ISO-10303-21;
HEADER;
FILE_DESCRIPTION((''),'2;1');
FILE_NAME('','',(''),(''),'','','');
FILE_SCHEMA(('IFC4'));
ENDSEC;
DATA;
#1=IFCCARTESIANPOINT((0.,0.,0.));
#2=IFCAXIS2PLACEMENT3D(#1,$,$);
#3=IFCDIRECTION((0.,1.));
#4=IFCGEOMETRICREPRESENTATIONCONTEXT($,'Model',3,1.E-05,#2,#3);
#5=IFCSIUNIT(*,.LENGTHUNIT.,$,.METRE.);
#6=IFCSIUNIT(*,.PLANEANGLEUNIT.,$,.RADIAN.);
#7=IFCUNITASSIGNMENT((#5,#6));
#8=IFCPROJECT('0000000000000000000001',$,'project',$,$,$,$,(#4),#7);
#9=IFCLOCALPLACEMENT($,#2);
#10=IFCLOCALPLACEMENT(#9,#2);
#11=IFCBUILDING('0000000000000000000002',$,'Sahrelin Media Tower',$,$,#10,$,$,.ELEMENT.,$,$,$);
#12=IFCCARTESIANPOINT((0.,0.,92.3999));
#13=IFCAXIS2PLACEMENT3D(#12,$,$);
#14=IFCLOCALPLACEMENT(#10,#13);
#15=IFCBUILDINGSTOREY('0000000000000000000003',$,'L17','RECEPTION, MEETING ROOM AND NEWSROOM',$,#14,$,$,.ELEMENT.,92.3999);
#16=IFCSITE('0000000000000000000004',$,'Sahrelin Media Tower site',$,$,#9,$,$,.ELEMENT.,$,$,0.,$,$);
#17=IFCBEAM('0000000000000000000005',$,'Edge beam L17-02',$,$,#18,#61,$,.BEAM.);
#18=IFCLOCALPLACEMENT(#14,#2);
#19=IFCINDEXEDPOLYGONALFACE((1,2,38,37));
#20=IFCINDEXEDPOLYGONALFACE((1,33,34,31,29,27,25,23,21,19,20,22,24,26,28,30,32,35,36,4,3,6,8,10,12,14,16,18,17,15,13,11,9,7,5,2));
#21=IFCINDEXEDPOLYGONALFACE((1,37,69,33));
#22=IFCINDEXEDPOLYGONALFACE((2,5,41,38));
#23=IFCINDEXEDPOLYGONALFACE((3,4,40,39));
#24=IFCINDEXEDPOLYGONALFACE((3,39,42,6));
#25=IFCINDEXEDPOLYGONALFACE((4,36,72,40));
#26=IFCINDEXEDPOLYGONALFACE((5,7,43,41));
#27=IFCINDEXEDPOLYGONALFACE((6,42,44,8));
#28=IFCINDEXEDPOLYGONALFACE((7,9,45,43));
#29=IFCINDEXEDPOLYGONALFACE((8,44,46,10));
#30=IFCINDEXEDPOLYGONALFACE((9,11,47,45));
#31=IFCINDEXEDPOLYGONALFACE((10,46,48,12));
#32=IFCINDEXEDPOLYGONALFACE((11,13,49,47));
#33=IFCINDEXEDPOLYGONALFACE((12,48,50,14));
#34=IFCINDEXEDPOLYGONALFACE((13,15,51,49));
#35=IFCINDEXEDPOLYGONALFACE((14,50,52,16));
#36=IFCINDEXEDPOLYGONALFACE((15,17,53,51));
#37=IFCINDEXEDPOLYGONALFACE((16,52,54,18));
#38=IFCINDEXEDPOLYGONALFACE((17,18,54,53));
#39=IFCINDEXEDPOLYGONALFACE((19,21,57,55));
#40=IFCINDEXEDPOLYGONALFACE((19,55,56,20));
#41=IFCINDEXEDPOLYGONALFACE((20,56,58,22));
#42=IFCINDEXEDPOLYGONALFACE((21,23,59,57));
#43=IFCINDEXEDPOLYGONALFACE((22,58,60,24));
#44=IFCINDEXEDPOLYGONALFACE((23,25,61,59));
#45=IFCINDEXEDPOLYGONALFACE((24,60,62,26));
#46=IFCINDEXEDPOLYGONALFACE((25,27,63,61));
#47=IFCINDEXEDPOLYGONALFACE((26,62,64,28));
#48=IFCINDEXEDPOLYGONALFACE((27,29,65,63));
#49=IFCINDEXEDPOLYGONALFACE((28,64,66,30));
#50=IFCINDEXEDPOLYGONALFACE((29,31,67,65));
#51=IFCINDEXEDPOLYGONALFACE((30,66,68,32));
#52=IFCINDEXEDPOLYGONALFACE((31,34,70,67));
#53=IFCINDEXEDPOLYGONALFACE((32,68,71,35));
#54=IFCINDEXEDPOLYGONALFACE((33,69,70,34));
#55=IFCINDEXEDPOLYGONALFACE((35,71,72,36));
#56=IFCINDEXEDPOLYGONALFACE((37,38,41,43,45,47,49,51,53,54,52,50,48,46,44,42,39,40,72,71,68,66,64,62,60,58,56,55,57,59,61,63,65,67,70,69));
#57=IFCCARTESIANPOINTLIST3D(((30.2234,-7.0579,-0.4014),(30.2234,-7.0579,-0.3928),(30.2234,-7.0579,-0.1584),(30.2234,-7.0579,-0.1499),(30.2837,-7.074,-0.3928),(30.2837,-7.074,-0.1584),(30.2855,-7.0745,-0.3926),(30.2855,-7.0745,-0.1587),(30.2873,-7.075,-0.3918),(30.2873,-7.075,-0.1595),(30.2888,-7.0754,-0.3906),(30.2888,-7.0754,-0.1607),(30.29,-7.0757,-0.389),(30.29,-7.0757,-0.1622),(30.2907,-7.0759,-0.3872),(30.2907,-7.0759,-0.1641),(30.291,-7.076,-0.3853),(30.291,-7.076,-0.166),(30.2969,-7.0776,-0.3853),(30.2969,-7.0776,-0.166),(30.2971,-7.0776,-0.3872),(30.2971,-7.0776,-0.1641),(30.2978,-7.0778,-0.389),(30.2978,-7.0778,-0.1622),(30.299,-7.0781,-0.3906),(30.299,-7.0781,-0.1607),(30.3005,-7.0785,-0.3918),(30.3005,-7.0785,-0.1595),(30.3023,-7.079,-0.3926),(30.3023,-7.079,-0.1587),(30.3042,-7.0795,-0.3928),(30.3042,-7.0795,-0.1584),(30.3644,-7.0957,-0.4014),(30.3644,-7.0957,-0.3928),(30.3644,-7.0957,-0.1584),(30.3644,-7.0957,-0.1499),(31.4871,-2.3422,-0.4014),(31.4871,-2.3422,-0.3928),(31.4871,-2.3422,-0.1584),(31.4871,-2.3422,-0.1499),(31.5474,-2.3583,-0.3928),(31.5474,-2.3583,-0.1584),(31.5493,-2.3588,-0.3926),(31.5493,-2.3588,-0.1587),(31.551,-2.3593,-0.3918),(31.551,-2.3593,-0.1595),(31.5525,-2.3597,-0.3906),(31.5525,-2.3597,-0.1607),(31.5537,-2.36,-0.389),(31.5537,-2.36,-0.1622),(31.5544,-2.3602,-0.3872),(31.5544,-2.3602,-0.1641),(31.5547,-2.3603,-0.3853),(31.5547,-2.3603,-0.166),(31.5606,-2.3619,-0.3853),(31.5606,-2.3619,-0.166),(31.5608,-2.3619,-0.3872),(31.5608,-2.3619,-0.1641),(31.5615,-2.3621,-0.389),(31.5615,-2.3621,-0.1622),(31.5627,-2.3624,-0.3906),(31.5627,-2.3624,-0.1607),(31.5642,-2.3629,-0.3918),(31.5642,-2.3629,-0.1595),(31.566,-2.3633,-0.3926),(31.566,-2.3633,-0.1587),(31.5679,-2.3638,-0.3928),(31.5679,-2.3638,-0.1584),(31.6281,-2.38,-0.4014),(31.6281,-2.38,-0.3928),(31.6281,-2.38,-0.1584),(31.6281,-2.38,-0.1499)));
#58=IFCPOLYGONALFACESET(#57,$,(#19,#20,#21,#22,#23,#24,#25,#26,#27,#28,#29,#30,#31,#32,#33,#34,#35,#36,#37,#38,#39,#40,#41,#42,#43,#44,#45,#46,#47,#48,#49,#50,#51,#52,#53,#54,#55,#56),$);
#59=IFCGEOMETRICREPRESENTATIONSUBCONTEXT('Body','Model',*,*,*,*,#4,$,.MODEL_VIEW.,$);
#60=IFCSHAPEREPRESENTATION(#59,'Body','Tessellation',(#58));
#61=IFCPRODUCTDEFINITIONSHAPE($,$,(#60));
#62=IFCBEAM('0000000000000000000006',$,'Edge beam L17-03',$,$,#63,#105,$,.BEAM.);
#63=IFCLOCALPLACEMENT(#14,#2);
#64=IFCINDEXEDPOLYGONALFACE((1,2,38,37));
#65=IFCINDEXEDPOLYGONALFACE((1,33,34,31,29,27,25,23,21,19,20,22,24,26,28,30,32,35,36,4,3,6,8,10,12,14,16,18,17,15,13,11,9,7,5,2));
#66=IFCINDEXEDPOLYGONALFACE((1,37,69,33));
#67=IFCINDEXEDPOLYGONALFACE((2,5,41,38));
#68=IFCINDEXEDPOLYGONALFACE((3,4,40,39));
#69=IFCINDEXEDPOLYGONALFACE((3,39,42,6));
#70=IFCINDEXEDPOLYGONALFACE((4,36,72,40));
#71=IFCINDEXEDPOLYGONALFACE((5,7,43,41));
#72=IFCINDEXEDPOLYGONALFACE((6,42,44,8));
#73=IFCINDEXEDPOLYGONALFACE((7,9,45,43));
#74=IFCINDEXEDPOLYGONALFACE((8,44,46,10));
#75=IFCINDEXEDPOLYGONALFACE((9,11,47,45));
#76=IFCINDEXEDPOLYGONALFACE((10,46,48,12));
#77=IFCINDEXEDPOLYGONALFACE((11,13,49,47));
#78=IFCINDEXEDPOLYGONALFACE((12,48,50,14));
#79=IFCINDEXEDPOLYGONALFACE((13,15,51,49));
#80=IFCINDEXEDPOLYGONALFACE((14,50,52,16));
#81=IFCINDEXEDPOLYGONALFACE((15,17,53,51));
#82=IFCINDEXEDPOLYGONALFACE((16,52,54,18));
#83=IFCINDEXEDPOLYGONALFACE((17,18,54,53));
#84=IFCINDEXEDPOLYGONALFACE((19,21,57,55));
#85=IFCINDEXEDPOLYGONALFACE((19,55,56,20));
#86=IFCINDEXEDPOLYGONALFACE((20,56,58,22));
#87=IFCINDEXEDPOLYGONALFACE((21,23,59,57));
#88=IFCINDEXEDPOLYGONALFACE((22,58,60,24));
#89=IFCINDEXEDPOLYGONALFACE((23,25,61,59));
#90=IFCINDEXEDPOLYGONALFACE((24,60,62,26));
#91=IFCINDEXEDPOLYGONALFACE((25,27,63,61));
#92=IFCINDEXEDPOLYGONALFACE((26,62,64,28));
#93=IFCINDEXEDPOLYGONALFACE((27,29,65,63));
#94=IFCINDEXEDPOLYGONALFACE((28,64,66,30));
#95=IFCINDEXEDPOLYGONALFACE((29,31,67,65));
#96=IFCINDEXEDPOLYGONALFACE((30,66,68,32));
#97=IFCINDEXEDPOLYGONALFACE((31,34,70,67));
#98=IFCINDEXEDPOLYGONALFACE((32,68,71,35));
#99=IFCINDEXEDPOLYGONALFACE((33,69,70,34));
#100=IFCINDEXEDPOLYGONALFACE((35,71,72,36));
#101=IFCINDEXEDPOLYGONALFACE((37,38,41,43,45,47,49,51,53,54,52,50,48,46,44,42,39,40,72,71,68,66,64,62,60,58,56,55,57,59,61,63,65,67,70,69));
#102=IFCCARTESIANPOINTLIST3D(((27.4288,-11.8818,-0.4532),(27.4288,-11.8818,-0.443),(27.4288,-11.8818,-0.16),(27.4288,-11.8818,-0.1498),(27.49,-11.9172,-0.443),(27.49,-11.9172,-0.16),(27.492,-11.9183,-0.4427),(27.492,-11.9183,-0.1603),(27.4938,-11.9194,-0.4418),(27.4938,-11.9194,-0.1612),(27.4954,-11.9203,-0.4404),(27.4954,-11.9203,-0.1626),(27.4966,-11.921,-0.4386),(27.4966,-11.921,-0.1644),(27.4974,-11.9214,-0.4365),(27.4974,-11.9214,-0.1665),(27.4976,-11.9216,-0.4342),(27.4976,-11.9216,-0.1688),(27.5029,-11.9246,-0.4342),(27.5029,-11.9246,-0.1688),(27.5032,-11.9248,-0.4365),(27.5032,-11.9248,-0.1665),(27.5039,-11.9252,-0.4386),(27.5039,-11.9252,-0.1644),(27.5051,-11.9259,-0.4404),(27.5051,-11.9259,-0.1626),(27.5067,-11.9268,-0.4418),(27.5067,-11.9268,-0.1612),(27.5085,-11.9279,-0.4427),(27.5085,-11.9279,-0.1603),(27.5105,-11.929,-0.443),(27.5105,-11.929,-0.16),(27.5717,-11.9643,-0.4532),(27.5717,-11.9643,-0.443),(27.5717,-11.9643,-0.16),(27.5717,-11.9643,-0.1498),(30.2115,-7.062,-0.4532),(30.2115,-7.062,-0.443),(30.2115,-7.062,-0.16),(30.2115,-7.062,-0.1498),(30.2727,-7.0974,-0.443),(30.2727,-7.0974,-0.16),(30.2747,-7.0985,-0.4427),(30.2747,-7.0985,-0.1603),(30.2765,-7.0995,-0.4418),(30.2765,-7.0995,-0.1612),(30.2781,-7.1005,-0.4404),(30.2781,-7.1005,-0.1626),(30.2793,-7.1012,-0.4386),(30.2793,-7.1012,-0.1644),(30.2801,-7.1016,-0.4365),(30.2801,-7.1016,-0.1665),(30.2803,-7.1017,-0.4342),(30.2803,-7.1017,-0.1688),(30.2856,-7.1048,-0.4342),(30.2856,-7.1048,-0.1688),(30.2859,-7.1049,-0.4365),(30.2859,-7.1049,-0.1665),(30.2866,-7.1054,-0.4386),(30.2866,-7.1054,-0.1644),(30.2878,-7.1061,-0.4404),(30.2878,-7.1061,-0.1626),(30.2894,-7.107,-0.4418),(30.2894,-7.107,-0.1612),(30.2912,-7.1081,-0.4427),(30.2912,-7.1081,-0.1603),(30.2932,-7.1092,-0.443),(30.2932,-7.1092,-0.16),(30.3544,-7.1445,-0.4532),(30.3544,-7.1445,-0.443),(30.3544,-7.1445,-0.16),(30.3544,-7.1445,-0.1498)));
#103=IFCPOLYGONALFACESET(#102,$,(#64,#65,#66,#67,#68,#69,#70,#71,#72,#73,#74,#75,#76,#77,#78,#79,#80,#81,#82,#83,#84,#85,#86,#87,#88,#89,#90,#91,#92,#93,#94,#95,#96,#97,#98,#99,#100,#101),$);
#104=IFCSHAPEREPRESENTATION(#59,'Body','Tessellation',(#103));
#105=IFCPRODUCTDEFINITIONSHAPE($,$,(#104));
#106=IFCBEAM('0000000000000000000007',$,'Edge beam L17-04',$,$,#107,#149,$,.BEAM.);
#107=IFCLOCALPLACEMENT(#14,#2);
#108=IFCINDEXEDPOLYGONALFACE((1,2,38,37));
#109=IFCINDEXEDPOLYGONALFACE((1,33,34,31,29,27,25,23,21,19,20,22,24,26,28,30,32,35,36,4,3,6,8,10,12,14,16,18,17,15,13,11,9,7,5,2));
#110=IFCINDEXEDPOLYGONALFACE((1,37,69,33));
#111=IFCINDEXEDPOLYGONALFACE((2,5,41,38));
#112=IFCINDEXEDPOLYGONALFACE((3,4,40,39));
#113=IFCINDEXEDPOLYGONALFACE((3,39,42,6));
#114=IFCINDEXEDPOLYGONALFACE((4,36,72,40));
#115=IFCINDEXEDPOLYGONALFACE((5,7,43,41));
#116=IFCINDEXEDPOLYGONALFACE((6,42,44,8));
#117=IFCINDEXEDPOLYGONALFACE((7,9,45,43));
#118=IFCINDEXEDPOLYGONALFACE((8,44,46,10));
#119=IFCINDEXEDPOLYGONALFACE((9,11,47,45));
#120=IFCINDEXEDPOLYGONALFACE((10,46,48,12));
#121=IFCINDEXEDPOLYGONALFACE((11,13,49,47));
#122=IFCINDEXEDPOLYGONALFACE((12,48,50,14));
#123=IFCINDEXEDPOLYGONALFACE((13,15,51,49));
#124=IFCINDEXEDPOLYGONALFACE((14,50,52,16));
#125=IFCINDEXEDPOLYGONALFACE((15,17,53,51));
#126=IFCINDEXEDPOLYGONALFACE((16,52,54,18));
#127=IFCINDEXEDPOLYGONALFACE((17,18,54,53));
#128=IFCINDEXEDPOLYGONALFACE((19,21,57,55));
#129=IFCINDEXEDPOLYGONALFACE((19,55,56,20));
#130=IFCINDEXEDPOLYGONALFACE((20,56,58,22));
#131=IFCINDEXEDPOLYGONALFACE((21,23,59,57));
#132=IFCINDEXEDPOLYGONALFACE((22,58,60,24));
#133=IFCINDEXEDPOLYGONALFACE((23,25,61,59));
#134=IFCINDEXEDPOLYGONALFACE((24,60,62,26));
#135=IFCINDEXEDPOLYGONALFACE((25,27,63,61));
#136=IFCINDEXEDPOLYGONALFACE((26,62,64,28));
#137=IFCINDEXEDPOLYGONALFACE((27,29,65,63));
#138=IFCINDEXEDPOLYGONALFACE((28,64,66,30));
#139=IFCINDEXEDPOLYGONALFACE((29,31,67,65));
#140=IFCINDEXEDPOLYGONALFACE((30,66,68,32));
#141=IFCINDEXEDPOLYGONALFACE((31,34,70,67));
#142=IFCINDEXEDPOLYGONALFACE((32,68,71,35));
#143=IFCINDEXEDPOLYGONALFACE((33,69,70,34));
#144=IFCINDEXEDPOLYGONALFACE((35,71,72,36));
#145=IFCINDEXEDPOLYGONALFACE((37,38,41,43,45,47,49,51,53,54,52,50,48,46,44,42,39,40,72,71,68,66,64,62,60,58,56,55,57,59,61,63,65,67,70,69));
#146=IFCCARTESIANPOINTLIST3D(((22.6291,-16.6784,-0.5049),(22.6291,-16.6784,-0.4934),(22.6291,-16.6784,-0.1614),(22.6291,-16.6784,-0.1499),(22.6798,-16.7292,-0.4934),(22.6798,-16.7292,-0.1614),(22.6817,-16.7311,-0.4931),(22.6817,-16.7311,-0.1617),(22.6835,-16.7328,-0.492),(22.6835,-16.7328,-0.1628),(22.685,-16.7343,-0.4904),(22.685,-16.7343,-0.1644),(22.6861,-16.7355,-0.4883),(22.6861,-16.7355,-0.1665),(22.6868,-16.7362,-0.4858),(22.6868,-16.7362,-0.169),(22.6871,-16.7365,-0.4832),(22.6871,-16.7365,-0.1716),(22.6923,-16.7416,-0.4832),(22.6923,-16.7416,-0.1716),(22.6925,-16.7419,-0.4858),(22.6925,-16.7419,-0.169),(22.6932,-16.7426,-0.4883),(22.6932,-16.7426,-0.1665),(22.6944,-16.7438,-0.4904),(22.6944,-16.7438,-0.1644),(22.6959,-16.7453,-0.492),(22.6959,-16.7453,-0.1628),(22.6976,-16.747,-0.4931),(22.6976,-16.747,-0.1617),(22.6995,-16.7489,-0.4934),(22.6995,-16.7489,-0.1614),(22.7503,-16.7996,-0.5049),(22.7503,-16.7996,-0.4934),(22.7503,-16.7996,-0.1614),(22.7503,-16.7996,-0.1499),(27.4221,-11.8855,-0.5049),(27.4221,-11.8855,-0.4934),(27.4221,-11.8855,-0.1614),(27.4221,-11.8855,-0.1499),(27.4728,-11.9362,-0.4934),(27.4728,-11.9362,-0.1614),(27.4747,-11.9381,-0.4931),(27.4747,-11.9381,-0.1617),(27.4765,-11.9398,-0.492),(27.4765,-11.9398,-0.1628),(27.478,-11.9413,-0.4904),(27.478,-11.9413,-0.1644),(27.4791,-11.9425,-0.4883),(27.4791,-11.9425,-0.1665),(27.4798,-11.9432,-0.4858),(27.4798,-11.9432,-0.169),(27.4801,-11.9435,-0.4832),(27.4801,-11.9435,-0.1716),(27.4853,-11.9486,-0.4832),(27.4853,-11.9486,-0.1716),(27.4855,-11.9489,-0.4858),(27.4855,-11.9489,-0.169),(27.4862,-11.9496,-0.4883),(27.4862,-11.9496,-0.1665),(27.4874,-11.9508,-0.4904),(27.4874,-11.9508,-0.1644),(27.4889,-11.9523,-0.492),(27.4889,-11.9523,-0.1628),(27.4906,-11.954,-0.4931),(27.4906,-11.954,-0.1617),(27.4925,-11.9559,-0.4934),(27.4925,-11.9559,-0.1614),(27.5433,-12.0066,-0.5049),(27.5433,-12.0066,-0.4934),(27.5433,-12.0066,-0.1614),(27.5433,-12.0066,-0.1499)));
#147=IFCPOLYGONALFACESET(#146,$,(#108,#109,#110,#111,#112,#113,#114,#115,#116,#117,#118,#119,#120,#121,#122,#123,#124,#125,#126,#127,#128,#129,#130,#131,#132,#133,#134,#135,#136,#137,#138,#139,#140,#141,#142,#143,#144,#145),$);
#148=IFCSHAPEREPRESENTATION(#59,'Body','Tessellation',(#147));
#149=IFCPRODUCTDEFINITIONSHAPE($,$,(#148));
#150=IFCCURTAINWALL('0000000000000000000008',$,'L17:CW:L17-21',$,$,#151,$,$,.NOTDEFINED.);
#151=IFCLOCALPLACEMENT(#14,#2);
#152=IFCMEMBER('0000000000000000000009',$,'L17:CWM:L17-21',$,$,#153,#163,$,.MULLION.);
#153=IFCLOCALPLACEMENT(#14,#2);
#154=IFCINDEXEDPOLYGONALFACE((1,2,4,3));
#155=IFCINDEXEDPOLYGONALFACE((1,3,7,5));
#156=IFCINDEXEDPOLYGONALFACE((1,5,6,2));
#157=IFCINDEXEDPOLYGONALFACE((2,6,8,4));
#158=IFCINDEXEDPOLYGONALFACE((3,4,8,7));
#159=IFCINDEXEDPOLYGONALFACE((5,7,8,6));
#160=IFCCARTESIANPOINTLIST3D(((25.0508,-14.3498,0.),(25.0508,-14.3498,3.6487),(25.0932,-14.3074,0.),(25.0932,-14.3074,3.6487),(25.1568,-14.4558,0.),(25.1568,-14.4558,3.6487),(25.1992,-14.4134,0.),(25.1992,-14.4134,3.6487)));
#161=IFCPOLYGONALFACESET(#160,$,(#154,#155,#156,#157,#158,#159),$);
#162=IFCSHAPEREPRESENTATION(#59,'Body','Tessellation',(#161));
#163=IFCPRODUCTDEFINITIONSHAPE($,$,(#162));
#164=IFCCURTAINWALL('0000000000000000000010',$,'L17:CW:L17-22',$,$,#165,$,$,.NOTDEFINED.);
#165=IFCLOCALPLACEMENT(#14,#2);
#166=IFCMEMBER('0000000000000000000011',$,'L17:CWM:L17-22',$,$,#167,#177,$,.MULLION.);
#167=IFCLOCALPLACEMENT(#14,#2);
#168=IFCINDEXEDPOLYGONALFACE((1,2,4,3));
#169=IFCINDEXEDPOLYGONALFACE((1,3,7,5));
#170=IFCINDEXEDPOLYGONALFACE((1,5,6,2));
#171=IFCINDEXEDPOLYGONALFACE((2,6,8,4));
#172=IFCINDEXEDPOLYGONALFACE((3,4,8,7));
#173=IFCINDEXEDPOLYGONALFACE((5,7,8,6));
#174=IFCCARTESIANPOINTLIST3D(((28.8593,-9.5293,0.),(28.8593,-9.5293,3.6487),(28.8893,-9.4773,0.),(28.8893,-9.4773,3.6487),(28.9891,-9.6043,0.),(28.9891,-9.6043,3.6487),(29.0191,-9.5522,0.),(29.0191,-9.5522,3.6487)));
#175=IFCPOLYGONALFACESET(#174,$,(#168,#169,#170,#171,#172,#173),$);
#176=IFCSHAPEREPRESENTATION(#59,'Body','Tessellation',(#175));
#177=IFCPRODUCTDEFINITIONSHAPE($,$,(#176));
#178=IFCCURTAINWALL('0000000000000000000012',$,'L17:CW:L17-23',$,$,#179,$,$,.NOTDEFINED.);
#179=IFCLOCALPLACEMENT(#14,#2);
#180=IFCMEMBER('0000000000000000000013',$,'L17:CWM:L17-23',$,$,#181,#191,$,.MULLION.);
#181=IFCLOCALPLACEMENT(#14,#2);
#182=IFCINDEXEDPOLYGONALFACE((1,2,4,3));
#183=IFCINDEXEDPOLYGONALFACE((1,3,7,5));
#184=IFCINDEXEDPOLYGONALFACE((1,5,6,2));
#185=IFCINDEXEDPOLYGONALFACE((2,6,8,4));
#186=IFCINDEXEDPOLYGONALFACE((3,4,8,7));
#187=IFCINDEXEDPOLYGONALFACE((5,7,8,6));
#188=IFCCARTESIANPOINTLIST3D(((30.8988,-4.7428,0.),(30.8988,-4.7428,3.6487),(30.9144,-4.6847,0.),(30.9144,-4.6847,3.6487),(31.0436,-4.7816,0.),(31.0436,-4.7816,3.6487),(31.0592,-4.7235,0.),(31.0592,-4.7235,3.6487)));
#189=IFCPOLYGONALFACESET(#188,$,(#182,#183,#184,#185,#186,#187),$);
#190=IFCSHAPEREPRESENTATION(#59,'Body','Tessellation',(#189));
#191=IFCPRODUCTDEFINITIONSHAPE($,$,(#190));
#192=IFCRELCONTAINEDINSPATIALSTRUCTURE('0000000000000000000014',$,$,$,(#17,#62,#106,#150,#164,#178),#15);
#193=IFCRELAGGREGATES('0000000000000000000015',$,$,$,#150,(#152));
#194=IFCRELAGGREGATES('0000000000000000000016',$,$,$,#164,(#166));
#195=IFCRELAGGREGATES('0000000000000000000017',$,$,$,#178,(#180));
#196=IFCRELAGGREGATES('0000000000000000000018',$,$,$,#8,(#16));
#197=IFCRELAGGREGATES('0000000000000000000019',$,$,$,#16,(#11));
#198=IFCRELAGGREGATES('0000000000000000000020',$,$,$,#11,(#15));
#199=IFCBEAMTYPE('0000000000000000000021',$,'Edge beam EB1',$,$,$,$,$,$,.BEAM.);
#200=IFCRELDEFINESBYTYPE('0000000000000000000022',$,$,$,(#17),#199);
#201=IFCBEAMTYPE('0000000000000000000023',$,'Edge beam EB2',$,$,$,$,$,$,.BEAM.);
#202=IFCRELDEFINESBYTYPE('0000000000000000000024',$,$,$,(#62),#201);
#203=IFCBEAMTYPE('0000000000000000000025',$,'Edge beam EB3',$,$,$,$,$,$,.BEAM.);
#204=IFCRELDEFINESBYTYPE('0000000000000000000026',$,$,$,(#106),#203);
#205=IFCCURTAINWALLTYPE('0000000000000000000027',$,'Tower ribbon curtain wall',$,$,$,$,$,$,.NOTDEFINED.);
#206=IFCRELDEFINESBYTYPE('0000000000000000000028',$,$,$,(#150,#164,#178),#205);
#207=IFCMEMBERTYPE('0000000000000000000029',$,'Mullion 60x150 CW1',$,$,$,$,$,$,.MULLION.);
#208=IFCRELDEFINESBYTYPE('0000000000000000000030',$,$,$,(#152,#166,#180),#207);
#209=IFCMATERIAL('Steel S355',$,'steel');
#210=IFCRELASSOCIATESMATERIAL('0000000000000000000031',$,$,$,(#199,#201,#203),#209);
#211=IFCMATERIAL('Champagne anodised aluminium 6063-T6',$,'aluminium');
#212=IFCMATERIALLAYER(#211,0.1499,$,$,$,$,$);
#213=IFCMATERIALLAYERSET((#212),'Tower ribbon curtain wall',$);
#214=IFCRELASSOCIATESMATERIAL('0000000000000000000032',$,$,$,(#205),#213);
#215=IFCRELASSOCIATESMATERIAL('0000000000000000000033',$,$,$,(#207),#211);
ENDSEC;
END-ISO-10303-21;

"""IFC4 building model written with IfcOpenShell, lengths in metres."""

from ifc_helpers import new_model, si_unit, direction, frame, origin, origin_2d, place, context, subcontext, project, spatial, rectangle, i_section, extrude, material, layer, layer_set, material_profile, profile_set, type_object, element, aggregate, save


model = new_model("IFC4")

# Units and contexts
model_context = context("Model", 3, precision=1e-05, world=origin(), true_north=direction((0.0, 1.0)))
body_context = subcontext(model_context, "Body", "Model", "MODEL_VIEW")
ifc_project = project(units=[si_unit("LENGTHUNIT", "METRE"), si_unit("PLANEANGLEUNIT", "RADIAN")], contexts=[model_context])

# Site, building, storey
site_placement = place(None, origin())
site = spatial("IfcSite", under=ifc_project, at=site_placement, Name="Sahrelin Media Tower site", CompositionType="ELEMENT", RefElevation=0.0)
building_placement = place(site_placement, origin())
building = spatial("IfcBuilding", under=site, at=building_placement, Name="Sahrelin Media Tower", CompositionType="ELEMENT")
storey_placement = place(building_placement, frame((0.0, 0.0, 92.3999)))
storey = spatial("IfcBuildingStorey", under=building, at=storey_placement, Name="L17", Description="RECEPTION, MEETING ROOM AND NEWSROOM", CompositionType="ELEMENT", Elevation=92.3999)

# Beams
ifc_material_1 = material(Name="Steel S355", Category="steel")
ifc_material_profile_1 = material_profile(ifc_material_1, i_section(OverallWidth=0.146, OverallDepth=0.2515, WebThickness=0.0061, FlangeThickness=0.0085, FilletRadius=0.0076, at=origin_2d()), Name="UB 254x146x31")
ifc_profile_set_1 = profile_set([ifc_material_profile_1], Name="Steel S355")
beam_type_1 = type_object("IfcBeamType", Name="Edge beam EB1", PredefinedType="BEAM", material=ifc_profile_set_1)
beam_1_placement = place(storey_placement, frame((31.5576, -2.3611, -0.2756), z_axis=(-0.258845, -0.965919, 0.0), x_axis=(0.965919, -0.258845, 0.0)))
element("IfcBeam", 1, at=beam_1_placement, inside=storey, type_object=beam_type_1, Name="Edge beam L17-02", PredefinedType="BEAM", context=body_context, shape_type="SweptSolid", body=[
    extrude(i_section(OverallWidth=0.146, OverallDepth=0.2515, WebThickness=0.0061, FlangeThickness=0.0085, FilletRadius=0.0076, at=origin_2d()), origin(), (0.0, 0.0, 1.0), 4.8821),
])
ifc_material_profile_2 = material_profile(ifc_material_1, i_section(OverallWidth=0.165, OverallDepth=0.3035, WebThickness=0.0061, FlangeThickness=0.0103, FilletRadius=0.0088, at=origin_2d()), Name="UB 305x165x40")
ifc_profile_set_2 = profile_set([ifc_material_profile_2], Name="Steel S355")
beam_type_2 = type_object("IfcBeamType", Name="Edge beam EB2", PredefinedType="BEAM", material=ifc_profile_set_2)
beam_2_placement = place(storey_placement, frame((30.283, -7.1033, -0.3015), z_axis=(-0.499998, -0.866026, 0.0), x_axis=(0.866026, -0.499998, 0.0)))
element("IfcBeam", 2, at=beam_2_placement, inside=storey, type_object=beam_type_2, Name="Edge beam L17-03", PredefinedType="BEAM", context=body_context, shape_type="SweptSolid", body=[
    extrude(i_section(OverallWidth=0.165, OverallDepth=0.3035, WebThickness=0.0061, FlangeThickness=0.0103, FilletRadius=0.0088, at=origin_2d()), origin(), (0.0, 0.0, 1.0), 5.5654),
])
ifc_material_profile_3 = material_profile(ifc_material_1, i_section(OverallWidth=0.1714, OverallDepth=0.355, WebThickness=0.0073, FlangeThickness=0.0115, FilletRadius=0.0103, at=origin_2d()), Name="UB 356x171x51")
ifc_profile_set_3 = profile_set([ifc_material_profile_3], Name="Steel S355")
beam_type_3 = type_object("IfcBeamType", Name="Edge beam EB3", PredefinedType="BEAM", material=ifc_profile_set_3)
beam_3_placement = place(storey_placement, frame((27.4827, -11.946, -0.3274), z_axis=(-0.707107, -0.707107, 0.0), x_axis=(0.707107, -0.707107, 0.0)))
element("IfcBeam", 3, at=beam_3_placement, inside=storey, type_object=beam_type_3, Name="Edge beam L17-04", PredefinedType="BEAM", context=body_context, shape_type="SweptSolid", body=[
    extrude(i_section(OverallWidth=0.1714, OverallDepth=0.355, WebThickness=0.0073, FlangeThickness=0.0115, FilletRadius=0.0103, at=origin_2d()), origin(), (0.0, 0.0, 1.0), 6.7783),
])

# Curtain walls, members
ifc_material_2 = material(Name="Champagne anodised aluminium 6063-T6", Category="aluminium")
ifc_layer_1 = layer(ifc_material_2, 0.1499)
ifc_layer_set_1 = layer_set([ifc_layer_1], Name="Tower ribbon curtain wall")
curtain_wall_type = type_object("IfcCurtainWallType", Name="Tower ribbon curtain wall", PredefinedType="NOTDEFINED", material=ifc_layer_set_1)
curtain_wall_1_placement = place(storey_placement, frame((25.1921, -14.4485, 0.0), z_axis=(0.0, 0.0, 1.0), x_axis=(1.0, 0.0, 0.0)))
curtain_wall_1 = element("IfcCurtainWall", 4, at=curtain_wall_1_placement, inside=storey, type_object=curtain_wall_type, Name="L17:CW:L17-21", PredefinedType="NOTDEFINED")
ifc_material_profile_4 = material_profile(ifc_material_2, rectangle(XDim=0.0601, YDim=0.1499, at=origin_2d()), Name="Mullion 60x150")
ifc_profile_set_4 = profile_set([ifc_material_profile_4], Name="Champagne anodised aluminium 6063-T6")
member_type_1 = type_object("IfcMemberType", Name="Mullion 60x150 CW1", PredefinedType="MULLION", material=ifc_profile_set_4)
member_1_placement = place(storey_placement, frame((25.125, -14.3816, 0.0), z_axis=(0.0, 0.0, 1.0), x_axis=(0.707114, 0.707099, 0.0)))
member_1 = element("IfcMember", 5, at=member_1_placement, type_object=member_type_1, Name="L17:CWM:L17-21", PredefinedType="MULLION", context=body_context, shape_type="SweptSolid", body=[
    extrude(rectangle(XDim=0.0601, YDim=0.1499, at=origin_2d()), origin(), (0.0, 0.0, 1.0), 3.6487),
])
aggregate(curtain_wall_1, [member_1])
curtain_wall_2_placement = place(storey_placement, frame((29.0215, -9.5884, 0.0), z_axis=(0.0, 0.0, 1.0), x_axis=(1.0, 0.0, 0.0)))
curtain_wall_2 = element("IfcCurtainWall", 6, at=curtain_wall_2_placement, inside=storey, type_object=curtain_wall_type, Name="L17:CW:L17-22", PredefinedType="NOTDEFINED")
member_2_placement = place(storey_placement, frame((28.9392, -9.5408, 0.0), z_axis=(0.0, 0.0, 1.0), x_axis=(0.499991, 0.866031, 0.0)))
member_2 = element("IfcMember", 7, at=member_2_placement, type_object=member_type_1, Name="L17:CWM:L17-22", PredefinedType="MULLION", context=body_context, shape_type="SweptSolid", body=[
    extrude(rectangle(XDim=0.0601, YDim=0.1499, at=origin_2d()), origin(), (0.0, 0.0, 1.0), 3.6487),
])
curtain_wall_3_placement = place(storey_placement, frame((31.0708, -4.7576, 0.0), z_axis=(0.0, 0.0, 1.0), x_axis=(1.0, 0.0, 0.0)))
curtain_wall_3 = element("IfcCurtainWall", 8, at=curtain_wall_3_placement, inside=storey, type_object=curtain_wall_type, Name="L17:CW:L17-23", PredefinedType="NOTDEFINED")
member_3_placement = place(storey_placement, frame((30.979, -4.7332, 0.0), z_axis=(0.0, 0.0, 1.0), x_axis=(0.258817, 0.965926, 0.0)))
member_3 = element("IfcMember", 9, at=member_3_placement, type_object=member_type_1, Name="L17:CWM:L17-23", PredefinedType="MULLION", context=body_context, shape_type="SweptSolid", body=[
    extrude(rectangle(XDim=0.0601, YDim=0.1499, at=origin_2d()), origin(), (0.0, 0.0, 1.0), 3.6487),
])

aggregate(curtain_wall_2, [member_2])
aggregate(curtain_wall_3, [member_3])

save(model, "model.ifc")
